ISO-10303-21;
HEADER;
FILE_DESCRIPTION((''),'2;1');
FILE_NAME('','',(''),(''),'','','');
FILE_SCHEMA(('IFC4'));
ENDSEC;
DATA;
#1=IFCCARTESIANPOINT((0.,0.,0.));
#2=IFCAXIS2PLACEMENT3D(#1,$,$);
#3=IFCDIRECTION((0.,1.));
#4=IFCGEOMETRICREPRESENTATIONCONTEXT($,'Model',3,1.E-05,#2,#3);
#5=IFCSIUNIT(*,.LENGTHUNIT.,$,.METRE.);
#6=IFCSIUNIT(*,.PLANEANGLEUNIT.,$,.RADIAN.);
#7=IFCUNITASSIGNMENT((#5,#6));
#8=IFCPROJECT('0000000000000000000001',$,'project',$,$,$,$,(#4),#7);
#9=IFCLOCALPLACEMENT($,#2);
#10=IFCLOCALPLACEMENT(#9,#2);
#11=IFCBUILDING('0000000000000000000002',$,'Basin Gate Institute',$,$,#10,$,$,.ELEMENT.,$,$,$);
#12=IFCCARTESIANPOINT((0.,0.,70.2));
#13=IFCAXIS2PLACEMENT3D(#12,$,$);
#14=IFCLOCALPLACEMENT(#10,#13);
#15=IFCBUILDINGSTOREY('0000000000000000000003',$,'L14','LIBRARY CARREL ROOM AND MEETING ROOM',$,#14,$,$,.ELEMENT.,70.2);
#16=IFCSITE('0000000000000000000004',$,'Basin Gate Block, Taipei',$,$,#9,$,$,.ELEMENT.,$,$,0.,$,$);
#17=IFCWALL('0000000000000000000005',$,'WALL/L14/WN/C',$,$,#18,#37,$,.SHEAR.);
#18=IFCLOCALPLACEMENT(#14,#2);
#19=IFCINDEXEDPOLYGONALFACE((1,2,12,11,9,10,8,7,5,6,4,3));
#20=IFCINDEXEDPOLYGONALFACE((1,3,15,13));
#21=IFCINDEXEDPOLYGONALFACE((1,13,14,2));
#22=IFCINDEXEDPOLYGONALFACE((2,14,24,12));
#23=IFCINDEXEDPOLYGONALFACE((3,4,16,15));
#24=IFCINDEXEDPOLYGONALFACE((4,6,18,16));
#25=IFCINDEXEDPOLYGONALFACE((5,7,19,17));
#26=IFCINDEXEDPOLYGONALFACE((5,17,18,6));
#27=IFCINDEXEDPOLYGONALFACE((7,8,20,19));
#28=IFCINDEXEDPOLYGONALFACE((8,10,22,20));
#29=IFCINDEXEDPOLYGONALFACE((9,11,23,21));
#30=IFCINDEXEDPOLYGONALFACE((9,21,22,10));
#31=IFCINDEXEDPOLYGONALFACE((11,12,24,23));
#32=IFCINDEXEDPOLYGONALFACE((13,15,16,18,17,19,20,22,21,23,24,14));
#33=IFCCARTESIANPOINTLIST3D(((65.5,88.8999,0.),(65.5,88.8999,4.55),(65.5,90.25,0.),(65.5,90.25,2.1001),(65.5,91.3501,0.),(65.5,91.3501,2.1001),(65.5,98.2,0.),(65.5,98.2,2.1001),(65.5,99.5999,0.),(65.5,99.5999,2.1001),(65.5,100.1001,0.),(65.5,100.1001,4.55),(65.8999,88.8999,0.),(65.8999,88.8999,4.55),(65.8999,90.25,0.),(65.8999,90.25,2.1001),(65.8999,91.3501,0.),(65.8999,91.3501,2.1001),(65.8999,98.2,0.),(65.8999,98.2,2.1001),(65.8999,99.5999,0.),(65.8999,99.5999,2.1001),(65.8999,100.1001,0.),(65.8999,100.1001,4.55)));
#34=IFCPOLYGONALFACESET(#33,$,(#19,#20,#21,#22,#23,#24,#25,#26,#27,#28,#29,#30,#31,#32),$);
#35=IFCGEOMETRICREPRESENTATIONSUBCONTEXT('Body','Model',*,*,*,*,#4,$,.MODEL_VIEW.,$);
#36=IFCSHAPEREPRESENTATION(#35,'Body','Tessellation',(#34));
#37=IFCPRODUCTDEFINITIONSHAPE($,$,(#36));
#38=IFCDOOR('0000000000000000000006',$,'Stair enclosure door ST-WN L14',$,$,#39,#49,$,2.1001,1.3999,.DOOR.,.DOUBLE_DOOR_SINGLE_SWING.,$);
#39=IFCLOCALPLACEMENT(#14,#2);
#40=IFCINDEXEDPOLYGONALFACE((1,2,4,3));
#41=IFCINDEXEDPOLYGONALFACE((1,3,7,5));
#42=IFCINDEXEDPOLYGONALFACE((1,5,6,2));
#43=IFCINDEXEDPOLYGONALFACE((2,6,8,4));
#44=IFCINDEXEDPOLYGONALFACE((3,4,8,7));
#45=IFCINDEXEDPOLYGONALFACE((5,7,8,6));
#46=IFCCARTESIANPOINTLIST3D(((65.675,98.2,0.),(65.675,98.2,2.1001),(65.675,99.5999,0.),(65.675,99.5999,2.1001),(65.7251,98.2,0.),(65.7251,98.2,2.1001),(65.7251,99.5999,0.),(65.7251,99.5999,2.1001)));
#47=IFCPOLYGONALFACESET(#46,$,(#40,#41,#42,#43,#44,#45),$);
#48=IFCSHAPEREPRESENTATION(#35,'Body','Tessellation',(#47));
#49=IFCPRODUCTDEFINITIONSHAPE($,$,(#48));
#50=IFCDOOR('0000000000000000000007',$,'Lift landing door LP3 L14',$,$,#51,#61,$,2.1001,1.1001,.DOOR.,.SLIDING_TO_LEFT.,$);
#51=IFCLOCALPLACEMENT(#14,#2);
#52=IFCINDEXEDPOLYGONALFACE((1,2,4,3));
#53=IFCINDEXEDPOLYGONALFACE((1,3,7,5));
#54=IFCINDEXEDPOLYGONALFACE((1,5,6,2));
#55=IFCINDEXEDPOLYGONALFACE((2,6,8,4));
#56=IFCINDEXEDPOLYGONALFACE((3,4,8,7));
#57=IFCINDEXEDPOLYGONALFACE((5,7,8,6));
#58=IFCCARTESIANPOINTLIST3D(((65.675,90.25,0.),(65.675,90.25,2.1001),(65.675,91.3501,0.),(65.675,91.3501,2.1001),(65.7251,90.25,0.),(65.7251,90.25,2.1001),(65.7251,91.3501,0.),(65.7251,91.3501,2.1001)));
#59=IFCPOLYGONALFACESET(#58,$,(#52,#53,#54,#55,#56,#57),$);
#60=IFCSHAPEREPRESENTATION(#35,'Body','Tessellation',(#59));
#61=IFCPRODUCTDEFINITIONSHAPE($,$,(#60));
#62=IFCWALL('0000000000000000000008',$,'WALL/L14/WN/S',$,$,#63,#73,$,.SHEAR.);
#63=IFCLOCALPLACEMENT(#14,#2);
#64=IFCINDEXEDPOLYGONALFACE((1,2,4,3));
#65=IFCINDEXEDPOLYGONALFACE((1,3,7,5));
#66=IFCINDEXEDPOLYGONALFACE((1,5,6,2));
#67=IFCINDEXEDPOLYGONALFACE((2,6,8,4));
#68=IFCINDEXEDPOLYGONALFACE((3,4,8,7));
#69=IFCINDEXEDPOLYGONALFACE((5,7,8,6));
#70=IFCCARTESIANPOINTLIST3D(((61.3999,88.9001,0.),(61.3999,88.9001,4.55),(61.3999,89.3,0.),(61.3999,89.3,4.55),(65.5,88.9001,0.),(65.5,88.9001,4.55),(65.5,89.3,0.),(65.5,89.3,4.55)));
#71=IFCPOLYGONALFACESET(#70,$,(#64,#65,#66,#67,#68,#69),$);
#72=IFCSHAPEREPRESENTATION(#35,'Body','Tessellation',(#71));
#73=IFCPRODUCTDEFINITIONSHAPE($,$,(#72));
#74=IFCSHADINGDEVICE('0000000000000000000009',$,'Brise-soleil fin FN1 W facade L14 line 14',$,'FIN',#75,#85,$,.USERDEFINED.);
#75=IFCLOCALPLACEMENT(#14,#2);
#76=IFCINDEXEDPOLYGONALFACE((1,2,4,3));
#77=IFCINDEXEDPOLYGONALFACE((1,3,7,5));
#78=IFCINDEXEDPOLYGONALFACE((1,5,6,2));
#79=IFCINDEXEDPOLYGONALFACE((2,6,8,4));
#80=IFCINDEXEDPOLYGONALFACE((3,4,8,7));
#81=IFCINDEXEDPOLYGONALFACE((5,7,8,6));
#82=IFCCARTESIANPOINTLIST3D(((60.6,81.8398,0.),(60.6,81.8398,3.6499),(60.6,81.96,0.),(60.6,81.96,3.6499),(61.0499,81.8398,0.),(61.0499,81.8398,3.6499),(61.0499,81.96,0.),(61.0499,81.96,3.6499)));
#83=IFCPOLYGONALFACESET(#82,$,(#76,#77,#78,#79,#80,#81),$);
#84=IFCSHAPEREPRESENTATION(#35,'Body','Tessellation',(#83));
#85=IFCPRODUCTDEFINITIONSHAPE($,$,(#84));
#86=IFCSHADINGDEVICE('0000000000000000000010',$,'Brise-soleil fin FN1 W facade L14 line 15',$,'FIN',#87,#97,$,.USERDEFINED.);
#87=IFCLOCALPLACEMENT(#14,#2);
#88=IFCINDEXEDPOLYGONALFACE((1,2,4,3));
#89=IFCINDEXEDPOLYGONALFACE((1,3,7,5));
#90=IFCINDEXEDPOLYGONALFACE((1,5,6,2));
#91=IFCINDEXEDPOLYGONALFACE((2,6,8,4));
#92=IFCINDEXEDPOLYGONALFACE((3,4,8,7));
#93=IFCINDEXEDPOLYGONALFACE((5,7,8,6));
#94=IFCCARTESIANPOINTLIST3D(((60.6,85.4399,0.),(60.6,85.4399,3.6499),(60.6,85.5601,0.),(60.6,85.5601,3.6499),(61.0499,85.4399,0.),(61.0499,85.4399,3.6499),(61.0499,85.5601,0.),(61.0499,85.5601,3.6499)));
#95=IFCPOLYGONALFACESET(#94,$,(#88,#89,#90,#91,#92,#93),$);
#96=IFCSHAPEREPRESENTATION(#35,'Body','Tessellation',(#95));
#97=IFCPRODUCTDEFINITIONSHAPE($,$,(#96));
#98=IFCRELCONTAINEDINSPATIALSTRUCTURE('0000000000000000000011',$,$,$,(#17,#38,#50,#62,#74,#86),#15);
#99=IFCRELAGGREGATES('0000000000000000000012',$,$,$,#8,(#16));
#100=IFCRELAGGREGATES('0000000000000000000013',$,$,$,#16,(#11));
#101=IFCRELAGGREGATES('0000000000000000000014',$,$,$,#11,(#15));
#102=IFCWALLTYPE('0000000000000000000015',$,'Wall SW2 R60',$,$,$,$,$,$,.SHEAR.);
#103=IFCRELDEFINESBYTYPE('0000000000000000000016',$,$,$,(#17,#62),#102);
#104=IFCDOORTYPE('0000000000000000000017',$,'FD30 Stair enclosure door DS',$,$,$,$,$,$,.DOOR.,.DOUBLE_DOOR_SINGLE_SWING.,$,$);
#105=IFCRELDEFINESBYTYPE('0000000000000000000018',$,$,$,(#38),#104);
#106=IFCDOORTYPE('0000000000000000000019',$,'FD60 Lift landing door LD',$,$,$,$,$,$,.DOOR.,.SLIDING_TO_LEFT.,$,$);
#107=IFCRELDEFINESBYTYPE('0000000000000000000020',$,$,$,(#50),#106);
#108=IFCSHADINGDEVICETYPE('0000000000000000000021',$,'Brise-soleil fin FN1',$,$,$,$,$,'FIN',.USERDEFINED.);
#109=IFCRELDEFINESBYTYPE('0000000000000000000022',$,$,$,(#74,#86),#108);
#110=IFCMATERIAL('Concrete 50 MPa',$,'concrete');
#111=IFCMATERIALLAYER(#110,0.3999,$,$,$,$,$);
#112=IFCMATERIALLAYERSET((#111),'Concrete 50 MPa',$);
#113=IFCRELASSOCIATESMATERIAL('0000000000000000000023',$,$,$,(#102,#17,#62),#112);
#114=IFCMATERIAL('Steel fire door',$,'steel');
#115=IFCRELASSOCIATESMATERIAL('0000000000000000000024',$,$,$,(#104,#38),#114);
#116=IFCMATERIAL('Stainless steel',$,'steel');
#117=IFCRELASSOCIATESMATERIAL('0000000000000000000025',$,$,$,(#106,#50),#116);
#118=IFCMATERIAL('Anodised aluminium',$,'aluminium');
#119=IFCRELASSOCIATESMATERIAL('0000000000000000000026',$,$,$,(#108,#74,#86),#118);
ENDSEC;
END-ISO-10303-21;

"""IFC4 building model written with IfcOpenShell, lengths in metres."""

from ifc_helpers import new_model, si_unit, direction, frame, frame_2d, origin, origin_2d, place, context, subcontext, project, spatial, rectangle, extrude, material, layer, layer_set, type_object, element, fill, save


model = new_model("IFC4")

# Units and contexts
model_context = context("Model", 3, precision=1e-05, world=origin(), true_north=direction((0.0, 1.0)))
body_context = subcontext(model_context, "Body", "Model", "MODEL_VIEW")
ifc_project = project(units=[si_unit("LENGTHUNIT", "METRE"), si_unit("PLANEANGLEUNIT", "RADIAN")], contexts=[model_context])

# Site, building, storey
site_placement = place(None, origin())
site = spatial("IfcSite", under=ifc_project, at=site_placement, Name="Basin Gate Block, Taipei", CompositionType="ELEMENT", RefElevation=0.0)
building_placement = place(site_placement, origin())
building = spatial("IfcBuilding", under=site, at=building_placement, Name="Basin Gate Institute", CompositionType="ELEMENT")
storey_placement = place(building_placement, frame((0.0, 0.0, 70.2)))
storey = spatial("IfcBuildingStorey", under=building, at=storey_placement, Name="L14", Description="LIBRARY CARREL ROOM AND MEETING ROOM", CompositionType="ELEMENT", Elevation=70.2)

# Shared definitions
ifc_material_1 = material(Name="Concrete 50 MPa", Category="concrete")
ifc_layer_1 = layer(ifc_material_1, 0.3999)
ifc_layer_set_1 = layer_set([ifc_layer_1], Name="Concrete 50 MPa")
wall_type_1 = type_object("IfcWallType", Name="Wall SW2 R60", PredefinedType="SHEAR", material=ifc_layer_set_1)

# Wall, openings, doors
wall_1_placement = place(storey_placement, frame((65.7, 88.8999, 0.0), z_axis=(0.0, 0.0, 1.0), x_axis=(0.0, 1.0, 0.0)))
wall_1 = element("IfcWall", 1, at=wall_1_placement, inside=storey, type_object=wall_type_1, material=ifc_layer_set_1, Name="WALL/L14/WN/C", PredefinedType="SHEAR", context=body_context, shape_type="SweptSolid", body=[
    extrude(rectangle(XDim=11.2002, YDim=0.3999, at=frame_2d((5.6001, 0.0))), origin(), (0.0, 0.0, 1.0), 4.55),
])
opening_1_placement = place(wall_1_placement, frame((9.3, 0.0, 0.0)))
opening_1 = element("IfcOpeningElement", 2, at=opening_1_placement, cuts=wall_1, PredefinedType="OPENING", context=body_context, shape_type="SweptSolid", body=[
    extrude(rectangle(XDim=1.3999, YDim=2.1001, at=frame_2d((0.7, 1.05))), frame((0.0, 0.21, 0.0), z_axis=(0.0, -1.0, 0.0), x_axis=(1.0, 0.0, 0.0)), (0.0, 0.0, 1.0), 0.4199),
])
opening_2_placement = place(wall_1_placement, frame((1.3501, 0.0, 0.0)))
opening_2 = element("IfcOpeningElement", 3, at=opening_2_placement, cuts=wall_1, PredefinedType="OPENING", context=body_context, shape_type="SweptSolid", body=[
    extrude(rectangle(XDim=1.1001, YDim=2.1001, at=frame_2d((0.55, 1.05))), frame((0.0, 0.21, 0.0), z_axis=(0.0, -1.0, 0.0), x_axis=(1.0, 0.0, 0.0)), (0.0, 0.0, 1.0), 0.4199),
])
ifc_material_2 = material(Name="Steel fire door", Category="steel")
door_type_1 = type_object("IfcDoorType", Name="FD30 Stair enclosure door DS", OperationType="DOUBLE_DOOR_SINGLE_SWING", PredefinedType="DOOR", material=ifc_material_2)
door_1_placement = place(opening_1_placement, origin())
door_1 = element("IfcDoor", 4, at=door_1_placement, inside=storey, type_object=door_type_1, material=ifc_material_2, Name="Stair enclosure door ST-WN L14", OperationType="DOUBLE_DOOR_SINGLE_SWING", OverallHeight=2.1001, OverallWidth=1.3999, PredefinedType="DOOR", context=body_context, shape_type="SweptSolid", body=[
    extrude(rectangle(XDim=1.3999, YDim=2.1001, at=frame_2d((0.7, 1.05))), frame((0.0, 0.0249, 0.0), z_axis=(0.0, -1.0, 0.0), x_axis=(1.0, 0.0, 0.0)), (0.0, 0.0, 1.0), 0.05),
])
fill(opening_1, door_1)
ifc_material_3 = material(Name="Stainless steel", Category="steel")
door_type_2 = type_object("IfcDoorType", Name="FD60 Lift landing door LD", OperationType="SLIDING_TO_LEFT", PredefinedType="DOOR", material=ifc_material_3)
door_2_placement = place(opening_2_placement, origin())
door_2 = element("IfcDoor", 5, at=door_2_placement, inside=storey, type_object=door_type_2, material=ifc_material_3, Name="Lift landing door LP3 L14", OperationType="SLIDING_TO_LEFT", OverallHeight=2.1001, OverallWidth=1.1001, PredefinedType="DOOR", context=body_context, shape_type="SweptSolid", body=[
    extrude(rectangle(XDim=1.1001, YDim=2.1001, at=frame_2d((0.55, 1.05))), frame((0.0, 0.0249, 0.0), z_axis=(0.0, -1.0, 0.0), x_axis=(1.0, 0.0, 0.0)), (0.0, 0.0, 1.0), 0.05),
])
fill(opening_2, door_2)

# Wall
wall_2_placement = place(storey_placement, frame((61.3999, 89.1001, 0.0), z_axis=(0.0, 0.0, 1.0), x_axis=(1.0, 0.0, 0.0)))
element("IfcWall", 6, at=wall_2_placement, inside=storey, type_object=wall_type_1, material=ifc_layer_set_1, Name="WALL/L14/WN/S", PredefinedType="SHEAR", context=body_context, shape_type="SweptSolid", body=[
    extrude(rectangle(XDim=4.1001, YDim=0.3999, at=frame_2d((2.05, 0.0))), origin(), (0.0, 0.0, 1.0), 4.55),
])

# Shading devices
ifc_material_4 = material(Name="Anodised aluminium", Category="aluminium")
shading_device_type = type_object("IfcShadingDeviceType", Name="Brise-soleil fin FN1", ElementType="FIN", PredefinedType="USERDEFINED", material=ifc_material_4)
for number, where, z_axis, x_axis, name in (
    (7, (60.825, 81.8999, 0.0), (0.0, 0.0, 1.0), (1.0, 0.0, 0.0), "Brise-soleil fin FN1 W facade L14 line 14"),
    (8, (60.825, 85.5, 0.0), (0.0, 0.0, 1.0), (1.0, 0.0, 0.0), "Brise-soleil fin FN1 W facade L14 line 15"),
):
    element("IfcShadingDevice", number, at=place(storey_placement, frame(where, z_axis=z_axis, x_axis=x_axis)), inside=storey, type_object=shading_device_type, material=ifc_material_4, Name=name, ObjectType="FIN", PredefinedType="USERDEFINED", context=body_context, shape_type="SweptSolid", body=[
        extrude(rectangle(XDim=0.45, YDim=0.1201, at=origin_2d()), origin(), (0.0, 0.0, 1.0), 3.6499),
    ])

save(model, "model.ifc")
